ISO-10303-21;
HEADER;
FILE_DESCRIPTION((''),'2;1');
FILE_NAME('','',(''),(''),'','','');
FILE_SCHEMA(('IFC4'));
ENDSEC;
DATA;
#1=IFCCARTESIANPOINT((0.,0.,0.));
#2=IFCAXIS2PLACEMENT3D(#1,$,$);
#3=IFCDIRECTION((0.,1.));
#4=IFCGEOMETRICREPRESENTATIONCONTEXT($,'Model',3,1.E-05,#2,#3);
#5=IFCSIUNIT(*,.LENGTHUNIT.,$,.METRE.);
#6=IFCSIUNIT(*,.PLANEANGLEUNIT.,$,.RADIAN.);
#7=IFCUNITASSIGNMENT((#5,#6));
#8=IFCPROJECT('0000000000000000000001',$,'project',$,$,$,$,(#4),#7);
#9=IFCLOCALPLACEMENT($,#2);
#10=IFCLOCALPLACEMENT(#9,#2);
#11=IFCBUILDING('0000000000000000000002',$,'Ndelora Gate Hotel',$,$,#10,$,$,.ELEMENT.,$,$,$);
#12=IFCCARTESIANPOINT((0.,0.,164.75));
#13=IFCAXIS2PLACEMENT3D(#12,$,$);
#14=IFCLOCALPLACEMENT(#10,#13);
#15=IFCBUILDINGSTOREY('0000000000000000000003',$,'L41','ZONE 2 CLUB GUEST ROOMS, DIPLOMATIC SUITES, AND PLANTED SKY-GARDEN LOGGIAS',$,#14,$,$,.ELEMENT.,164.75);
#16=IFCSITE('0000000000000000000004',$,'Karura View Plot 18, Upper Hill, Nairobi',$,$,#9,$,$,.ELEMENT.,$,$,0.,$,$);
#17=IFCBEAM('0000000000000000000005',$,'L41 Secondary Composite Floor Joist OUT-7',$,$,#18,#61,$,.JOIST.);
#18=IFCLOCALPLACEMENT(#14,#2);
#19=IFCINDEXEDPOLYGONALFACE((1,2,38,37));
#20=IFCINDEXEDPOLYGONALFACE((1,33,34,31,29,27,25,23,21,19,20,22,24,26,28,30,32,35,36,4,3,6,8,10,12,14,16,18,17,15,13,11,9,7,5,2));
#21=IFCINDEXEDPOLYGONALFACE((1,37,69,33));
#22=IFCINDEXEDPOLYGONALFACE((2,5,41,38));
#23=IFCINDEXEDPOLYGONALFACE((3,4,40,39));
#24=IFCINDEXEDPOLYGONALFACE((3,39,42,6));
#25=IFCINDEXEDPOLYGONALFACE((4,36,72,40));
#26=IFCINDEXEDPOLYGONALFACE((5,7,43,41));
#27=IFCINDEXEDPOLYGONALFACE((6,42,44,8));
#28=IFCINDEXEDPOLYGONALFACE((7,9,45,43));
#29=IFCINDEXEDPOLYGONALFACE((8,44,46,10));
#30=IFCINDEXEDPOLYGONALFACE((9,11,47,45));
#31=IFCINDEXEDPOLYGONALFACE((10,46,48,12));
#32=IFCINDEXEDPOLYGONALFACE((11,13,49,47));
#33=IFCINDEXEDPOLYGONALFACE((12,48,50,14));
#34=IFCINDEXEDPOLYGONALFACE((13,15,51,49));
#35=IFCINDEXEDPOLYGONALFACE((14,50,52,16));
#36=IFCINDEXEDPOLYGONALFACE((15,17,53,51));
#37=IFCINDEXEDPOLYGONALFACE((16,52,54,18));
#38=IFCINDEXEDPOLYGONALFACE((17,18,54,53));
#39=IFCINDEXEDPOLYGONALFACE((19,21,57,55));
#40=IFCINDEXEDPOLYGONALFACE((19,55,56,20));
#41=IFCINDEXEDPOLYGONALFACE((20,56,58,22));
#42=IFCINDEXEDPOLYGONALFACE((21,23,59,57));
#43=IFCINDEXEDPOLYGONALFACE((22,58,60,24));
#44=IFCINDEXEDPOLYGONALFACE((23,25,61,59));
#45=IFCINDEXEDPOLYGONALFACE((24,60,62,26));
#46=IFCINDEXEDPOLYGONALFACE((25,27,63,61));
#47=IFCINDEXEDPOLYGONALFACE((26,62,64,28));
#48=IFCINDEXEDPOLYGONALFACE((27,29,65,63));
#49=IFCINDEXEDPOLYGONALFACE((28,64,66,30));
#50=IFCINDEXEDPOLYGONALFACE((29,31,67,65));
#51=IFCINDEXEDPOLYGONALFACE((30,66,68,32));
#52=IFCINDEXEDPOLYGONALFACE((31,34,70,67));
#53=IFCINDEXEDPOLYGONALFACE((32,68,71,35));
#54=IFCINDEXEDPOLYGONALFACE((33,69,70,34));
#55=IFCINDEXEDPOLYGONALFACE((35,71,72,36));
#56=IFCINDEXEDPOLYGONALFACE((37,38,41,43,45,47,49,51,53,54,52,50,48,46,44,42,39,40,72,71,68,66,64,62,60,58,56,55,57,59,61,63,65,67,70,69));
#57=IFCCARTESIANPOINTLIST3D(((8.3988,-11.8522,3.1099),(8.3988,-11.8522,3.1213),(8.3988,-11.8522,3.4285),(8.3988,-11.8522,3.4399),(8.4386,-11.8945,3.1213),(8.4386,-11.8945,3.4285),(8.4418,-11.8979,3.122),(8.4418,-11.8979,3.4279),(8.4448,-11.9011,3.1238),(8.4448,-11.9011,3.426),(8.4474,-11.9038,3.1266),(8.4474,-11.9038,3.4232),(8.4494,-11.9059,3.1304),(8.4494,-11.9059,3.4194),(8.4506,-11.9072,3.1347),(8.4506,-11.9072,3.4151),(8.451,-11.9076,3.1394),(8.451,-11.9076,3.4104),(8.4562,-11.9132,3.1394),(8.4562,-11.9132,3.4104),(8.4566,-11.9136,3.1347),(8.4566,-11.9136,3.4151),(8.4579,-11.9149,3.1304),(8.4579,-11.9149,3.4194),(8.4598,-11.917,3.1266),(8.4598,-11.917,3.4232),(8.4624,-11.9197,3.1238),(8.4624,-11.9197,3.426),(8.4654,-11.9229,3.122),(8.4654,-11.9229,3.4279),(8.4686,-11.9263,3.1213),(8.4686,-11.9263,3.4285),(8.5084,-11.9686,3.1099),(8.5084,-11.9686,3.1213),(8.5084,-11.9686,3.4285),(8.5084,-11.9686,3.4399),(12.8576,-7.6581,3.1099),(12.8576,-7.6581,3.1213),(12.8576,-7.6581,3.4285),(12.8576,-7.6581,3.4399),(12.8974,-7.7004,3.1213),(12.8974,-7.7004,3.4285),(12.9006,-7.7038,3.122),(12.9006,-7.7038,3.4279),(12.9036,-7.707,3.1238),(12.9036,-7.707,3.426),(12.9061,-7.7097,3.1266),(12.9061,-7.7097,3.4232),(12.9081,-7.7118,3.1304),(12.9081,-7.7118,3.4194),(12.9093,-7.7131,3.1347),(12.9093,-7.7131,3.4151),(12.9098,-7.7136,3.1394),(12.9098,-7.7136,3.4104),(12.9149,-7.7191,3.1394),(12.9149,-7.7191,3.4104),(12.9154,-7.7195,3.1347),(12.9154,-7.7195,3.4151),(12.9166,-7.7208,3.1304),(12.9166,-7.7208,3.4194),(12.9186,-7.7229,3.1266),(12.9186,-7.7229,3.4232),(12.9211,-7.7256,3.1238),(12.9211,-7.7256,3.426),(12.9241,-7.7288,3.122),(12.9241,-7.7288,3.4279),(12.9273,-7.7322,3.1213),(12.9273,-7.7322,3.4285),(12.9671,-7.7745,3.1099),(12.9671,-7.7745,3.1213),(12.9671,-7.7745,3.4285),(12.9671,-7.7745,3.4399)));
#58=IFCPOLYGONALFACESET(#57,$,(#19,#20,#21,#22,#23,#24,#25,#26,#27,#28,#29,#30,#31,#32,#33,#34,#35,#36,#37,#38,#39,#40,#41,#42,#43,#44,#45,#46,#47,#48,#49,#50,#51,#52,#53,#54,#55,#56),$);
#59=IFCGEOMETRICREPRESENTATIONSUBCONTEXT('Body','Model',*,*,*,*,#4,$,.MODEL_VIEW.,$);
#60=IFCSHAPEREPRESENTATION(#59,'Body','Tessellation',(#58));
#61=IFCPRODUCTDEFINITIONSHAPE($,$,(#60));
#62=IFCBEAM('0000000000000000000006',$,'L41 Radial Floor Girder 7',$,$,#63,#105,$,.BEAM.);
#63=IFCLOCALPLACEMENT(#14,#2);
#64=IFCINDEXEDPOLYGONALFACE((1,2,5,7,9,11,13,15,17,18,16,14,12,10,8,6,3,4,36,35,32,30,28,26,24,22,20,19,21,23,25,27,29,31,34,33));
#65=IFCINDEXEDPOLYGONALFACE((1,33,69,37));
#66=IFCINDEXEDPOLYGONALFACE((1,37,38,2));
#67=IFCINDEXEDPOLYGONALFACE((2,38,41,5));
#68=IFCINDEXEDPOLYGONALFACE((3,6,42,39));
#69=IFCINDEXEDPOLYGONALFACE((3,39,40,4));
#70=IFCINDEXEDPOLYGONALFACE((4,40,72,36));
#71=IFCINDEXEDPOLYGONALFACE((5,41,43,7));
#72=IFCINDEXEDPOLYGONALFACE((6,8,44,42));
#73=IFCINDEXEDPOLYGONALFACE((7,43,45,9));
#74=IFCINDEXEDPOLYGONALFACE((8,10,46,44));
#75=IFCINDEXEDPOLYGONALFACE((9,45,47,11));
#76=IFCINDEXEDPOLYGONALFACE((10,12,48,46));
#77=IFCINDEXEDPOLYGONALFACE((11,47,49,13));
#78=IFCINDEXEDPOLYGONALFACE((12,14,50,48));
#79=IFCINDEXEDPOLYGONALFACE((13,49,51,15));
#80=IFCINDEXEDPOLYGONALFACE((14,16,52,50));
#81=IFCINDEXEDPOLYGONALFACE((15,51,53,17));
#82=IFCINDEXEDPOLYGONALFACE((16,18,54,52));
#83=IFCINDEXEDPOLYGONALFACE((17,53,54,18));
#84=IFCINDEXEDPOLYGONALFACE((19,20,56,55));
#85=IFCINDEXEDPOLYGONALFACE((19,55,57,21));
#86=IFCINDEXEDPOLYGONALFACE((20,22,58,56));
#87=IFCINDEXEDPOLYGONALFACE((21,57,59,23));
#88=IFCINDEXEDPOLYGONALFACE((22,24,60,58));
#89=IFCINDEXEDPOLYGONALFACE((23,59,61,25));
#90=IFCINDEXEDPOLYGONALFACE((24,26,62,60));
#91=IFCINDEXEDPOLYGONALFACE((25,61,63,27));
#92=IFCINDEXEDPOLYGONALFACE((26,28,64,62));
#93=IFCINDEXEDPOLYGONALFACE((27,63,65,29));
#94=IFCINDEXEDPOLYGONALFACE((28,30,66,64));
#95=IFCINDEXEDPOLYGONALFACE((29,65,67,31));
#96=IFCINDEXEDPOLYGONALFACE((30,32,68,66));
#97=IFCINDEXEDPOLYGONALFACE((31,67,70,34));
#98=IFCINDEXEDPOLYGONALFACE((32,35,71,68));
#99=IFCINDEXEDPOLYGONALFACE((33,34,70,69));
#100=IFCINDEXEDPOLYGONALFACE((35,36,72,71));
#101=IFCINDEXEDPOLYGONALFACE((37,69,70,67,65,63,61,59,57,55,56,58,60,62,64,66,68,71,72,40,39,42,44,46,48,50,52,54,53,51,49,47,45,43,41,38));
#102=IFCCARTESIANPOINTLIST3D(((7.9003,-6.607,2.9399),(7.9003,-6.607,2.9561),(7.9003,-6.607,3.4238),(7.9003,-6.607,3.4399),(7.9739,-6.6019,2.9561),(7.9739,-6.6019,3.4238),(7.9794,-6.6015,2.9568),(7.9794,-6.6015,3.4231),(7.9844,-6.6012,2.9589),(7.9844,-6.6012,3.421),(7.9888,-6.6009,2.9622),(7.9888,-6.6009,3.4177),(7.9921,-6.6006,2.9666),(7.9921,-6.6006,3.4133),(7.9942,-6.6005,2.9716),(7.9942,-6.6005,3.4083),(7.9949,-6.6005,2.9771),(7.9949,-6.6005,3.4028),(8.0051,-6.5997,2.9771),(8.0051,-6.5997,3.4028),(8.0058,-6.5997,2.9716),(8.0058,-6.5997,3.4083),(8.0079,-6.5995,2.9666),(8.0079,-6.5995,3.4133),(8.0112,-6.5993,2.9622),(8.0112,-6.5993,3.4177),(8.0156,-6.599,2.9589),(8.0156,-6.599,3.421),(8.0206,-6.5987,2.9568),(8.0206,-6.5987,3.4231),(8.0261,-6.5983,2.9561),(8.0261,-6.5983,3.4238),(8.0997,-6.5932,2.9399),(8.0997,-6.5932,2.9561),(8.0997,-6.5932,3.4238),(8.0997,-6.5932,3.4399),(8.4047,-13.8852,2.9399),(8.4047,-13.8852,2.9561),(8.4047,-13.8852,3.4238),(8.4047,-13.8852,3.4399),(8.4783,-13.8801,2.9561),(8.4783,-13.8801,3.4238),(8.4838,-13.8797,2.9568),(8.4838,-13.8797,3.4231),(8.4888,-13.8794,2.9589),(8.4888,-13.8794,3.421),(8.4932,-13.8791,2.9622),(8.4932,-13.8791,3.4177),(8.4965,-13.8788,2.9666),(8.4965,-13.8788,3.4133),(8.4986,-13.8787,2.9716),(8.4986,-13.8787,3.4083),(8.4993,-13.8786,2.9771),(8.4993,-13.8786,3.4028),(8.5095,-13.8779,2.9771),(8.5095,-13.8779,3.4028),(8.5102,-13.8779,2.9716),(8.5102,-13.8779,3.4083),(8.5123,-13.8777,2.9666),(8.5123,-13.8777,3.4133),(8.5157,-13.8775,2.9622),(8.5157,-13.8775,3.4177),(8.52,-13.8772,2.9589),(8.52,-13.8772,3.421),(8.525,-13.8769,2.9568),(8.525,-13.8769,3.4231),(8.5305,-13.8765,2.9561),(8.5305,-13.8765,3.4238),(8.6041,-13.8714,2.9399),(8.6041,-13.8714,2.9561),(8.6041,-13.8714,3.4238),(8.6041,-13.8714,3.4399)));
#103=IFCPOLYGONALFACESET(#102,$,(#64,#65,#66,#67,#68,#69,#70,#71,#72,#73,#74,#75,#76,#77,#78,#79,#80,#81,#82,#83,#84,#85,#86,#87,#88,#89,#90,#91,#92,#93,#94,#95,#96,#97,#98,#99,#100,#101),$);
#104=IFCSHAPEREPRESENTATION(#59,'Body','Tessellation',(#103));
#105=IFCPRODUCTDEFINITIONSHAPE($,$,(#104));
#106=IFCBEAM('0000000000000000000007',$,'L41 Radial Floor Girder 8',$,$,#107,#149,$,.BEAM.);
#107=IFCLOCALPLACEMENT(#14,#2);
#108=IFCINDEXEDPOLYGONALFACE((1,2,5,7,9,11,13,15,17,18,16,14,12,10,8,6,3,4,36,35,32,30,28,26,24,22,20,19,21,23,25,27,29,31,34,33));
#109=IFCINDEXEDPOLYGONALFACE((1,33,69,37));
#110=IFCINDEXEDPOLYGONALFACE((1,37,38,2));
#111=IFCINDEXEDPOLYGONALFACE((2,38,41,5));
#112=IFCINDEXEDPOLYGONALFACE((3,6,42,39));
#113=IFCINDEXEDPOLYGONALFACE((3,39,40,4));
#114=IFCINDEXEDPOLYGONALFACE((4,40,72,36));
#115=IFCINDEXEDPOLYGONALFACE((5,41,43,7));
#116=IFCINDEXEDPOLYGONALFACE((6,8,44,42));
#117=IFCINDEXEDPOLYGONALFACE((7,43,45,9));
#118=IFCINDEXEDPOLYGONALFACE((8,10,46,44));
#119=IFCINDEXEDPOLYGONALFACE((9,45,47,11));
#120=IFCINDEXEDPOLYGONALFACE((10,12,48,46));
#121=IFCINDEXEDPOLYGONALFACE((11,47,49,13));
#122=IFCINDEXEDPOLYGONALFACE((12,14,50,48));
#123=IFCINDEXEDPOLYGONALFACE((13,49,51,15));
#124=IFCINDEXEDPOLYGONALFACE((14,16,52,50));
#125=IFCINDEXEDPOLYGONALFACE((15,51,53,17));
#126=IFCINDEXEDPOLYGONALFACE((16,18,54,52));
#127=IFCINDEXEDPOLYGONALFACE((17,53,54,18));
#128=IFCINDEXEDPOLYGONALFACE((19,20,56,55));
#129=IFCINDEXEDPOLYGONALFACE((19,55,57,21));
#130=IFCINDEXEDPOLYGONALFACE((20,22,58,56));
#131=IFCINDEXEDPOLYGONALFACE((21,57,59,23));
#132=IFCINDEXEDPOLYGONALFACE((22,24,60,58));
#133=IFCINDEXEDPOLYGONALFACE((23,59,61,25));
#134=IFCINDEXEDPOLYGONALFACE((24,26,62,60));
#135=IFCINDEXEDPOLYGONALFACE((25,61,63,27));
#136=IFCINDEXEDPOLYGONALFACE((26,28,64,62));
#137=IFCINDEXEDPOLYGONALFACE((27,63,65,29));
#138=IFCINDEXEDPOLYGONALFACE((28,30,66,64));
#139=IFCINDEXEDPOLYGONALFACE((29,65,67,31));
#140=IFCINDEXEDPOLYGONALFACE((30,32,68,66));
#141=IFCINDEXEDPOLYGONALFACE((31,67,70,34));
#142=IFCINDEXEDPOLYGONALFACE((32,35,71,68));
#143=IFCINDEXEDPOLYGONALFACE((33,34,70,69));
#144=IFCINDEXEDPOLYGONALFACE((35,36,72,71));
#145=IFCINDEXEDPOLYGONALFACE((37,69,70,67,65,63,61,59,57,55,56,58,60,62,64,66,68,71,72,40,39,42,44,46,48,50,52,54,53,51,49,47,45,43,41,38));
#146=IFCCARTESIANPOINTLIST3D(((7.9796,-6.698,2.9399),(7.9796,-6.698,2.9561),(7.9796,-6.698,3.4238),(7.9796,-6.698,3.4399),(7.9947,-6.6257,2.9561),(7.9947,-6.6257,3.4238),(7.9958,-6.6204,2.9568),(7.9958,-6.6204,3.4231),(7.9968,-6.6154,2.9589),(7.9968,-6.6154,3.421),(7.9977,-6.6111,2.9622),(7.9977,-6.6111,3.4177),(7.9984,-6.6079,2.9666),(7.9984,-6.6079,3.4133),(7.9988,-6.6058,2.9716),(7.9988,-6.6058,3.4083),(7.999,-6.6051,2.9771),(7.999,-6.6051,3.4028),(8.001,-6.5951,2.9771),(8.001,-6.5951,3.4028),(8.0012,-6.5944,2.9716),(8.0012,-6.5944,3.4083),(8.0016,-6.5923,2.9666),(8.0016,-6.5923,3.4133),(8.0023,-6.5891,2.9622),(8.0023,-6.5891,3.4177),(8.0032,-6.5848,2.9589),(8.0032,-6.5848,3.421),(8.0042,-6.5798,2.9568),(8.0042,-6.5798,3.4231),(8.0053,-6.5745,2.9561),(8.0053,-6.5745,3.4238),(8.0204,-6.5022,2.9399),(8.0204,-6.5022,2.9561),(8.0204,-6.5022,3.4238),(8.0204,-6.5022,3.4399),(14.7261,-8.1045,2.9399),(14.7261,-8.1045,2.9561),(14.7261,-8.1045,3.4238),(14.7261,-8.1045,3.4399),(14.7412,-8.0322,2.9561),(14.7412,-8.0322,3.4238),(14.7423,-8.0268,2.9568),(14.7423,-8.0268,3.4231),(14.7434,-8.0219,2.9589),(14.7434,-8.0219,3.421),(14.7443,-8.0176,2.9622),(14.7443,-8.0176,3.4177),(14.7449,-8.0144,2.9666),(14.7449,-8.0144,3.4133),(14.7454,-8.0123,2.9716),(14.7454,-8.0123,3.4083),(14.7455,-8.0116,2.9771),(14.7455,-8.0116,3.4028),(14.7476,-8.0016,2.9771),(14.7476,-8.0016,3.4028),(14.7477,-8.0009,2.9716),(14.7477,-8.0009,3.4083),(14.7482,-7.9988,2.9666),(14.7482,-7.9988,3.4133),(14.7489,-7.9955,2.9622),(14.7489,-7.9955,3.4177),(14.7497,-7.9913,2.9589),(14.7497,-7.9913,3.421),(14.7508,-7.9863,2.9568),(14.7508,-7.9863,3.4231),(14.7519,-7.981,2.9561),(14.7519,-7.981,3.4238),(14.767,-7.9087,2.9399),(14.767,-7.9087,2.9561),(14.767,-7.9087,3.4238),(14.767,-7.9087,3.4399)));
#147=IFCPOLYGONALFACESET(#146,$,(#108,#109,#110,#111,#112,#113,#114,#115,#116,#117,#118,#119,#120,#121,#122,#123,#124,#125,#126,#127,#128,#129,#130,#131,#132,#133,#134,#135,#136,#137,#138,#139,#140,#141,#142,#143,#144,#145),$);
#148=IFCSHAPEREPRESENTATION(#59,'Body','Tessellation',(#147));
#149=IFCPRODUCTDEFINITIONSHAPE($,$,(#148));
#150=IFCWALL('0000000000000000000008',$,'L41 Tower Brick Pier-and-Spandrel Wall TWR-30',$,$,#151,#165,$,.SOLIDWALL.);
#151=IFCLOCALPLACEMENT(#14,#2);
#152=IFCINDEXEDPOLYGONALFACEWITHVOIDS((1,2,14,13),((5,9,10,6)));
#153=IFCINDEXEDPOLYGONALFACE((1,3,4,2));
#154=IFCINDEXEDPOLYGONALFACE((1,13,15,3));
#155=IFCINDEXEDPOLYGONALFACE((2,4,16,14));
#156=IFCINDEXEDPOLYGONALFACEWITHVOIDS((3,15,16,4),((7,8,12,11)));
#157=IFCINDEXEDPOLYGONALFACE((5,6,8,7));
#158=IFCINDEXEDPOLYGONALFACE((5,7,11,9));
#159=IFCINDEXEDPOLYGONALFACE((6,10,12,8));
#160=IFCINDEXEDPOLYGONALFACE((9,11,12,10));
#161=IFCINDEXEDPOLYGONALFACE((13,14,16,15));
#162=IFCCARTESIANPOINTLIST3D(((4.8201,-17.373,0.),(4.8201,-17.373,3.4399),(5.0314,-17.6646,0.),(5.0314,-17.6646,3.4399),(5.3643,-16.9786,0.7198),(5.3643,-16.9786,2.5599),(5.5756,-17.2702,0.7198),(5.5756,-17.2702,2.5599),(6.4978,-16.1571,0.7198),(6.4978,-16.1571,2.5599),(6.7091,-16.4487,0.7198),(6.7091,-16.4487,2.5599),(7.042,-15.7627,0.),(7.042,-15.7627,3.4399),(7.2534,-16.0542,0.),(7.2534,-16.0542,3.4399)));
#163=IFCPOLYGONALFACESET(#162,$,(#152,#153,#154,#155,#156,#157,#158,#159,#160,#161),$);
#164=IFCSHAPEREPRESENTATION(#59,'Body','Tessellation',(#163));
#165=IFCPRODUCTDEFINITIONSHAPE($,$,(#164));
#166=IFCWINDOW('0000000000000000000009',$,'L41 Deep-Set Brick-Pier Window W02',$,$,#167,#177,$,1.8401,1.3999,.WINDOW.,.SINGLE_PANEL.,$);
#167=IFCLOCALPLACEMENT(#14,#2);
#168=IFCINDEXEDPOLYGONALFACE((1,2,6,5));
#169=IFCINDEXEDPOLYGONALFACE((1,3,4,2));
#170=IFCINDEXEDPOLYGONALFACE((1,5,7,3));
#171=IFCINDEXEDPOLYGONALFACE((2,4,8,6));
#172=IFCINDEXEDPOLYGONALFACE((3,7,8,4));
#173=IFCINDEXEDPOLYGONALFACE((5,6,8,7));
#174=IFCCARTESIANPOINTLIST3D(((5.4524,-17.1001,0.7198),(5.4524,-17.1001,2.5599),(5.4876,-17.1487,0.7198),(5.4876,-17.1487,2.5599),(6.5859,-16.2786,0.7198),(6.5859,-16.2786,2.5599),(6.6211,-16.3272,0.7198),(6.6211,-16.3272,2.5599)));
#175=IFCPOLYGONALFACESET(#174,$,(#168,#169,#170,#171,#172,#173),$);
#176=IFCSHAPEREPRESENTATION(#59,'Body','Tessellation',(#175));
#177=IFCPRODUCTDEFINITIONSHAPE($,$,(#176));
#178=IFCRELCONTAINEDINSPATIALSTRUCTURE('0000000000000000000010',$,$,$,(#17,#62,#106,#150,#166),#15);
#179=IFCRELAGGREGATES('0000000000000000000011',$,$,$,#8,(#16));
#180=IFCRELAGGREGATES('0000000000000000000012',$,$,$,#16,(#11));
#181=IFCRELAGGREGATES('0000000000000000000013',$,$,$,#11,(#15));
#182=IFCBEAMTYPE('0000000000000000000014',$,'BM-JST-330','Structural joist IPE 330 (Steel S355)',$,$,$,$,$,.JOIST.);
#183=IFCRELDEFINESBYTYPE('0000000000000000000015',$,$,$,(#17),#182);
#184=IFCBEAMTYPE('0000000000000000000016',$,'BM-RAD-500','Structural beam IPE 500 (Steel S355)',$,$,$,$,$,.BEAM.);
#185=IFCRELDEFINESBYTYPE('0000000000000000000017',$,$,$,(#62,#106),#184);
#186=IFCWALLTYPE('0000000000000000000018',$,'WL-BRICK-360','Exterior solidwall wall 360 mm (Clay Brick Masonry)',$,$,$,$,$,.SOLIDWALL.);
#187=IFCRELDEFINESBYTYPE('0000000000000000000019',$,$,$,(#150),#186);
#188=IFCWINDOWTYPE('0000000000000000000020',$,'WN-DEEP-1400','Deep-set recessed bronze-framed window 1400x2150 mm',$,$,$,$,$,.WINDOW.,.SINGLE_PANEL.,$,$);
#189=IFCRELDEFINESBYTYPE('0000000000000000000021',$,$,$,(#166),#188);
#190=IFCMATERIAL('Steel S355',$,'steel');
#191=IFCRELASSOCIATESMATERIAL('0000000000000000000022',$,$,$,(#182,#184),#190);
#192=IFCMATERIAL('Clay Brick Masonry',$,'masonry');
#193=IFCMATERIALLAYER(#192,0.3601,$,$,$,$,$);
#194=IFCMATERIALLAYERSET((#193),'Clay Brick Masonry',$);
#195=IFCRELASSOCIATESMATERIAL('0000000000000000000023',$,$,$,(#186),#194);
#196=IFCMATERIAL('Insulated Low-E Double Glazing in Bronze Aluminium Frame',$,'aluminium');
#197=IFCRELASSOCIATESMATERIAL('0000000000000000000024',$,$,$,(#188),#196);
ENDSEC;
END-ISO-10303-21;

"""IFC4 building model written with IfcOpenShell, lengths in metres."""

from ifc_helpers import new_model, si_unit, direction, frame, frame_2d, origin, origin_2d, place, context, subcontext, project, spatial, rectangle, i_section, extrude, material, layer, layer_set, material_profile, profile_set, type_object, element, fill, save


model = new_model("IFC4")

# Units and contexts
model_context = context("Model", 3, precision=1e-05, world=origin(), true_north=direction((0.0, 1.0)))
body_context = subcontext(model_context, "Body", "Model", "MODEL_VIEW")
ifc_project = project(units=[si_unit("LENGTHUNIT", "METRE"), si_unit("PLANEANGLEUNIT", "RADIAN")], contexts=[model_context])

# Site, building, storey
site_placement = place(None, origin())
site = spatial("IfcSite", under=ifc_project, at=site_placement, Name="Karura View Plot 18, Upper Hill, Nairobi", CompositionType="ELEMENT", RefElevation=0.0)
building_placement = place(site_placement, origin())
building = spatial("IfcBuilding", under=site, at=building_placement, Name="Ndelora Gate Hotel", CompositionType="ELEMENT")
storey_placement = place(building_placement, frame((0.0, 0.0, 164.75)))
storey = spatial("IfcBuildingStorey", under=building, at=storey_placement, Name="L41", Description="ZONE 2 CLUB GUEST ROOMS, DIPLOMATIC SUITES, AND PLANTED SKY-GARDEN LOGGIAS", CompositionType="ELEMENT", Elevation=164.75)

# Beams
ifc_material_1 = material(Name="Steel S355", Category="steel")
ifc_material_profile_1 = material_profile(ifc_material_1, i_section(OverallWidth=0.1599, OverallDepth=0.3301, WebThickness=0.0076, FlangeThickness=0.0115, FilletRadius=0.0181, at=origin_2d()), Name="IPE 330")
ifc_profile_set_1 = profile_set([ifc_material_profile_1], Name="Steel S355")
beam_type_1 = type_object("IfcBeamType", Name="BM-JST-330", Description="Structural joist IPE 330 (Steel S355)", PredefinedType="JOIST", material=ifc_profile_set_1)
beam_1_placement = place(storey_placement, frame((8.4536, -11.9104, 3.2749), z_axis=(0.728393, 0.685159, 0.0), x_axis=(-0.685159, 0.728393, 0.0)))
element("IfcBeam", 1, at=beam_1_placement, inside=storey, type_object=beam_type_1, Name="L41 Secondary Composite Floor Joist OUT-7", PredefinedType="JOIST", context=body_context, shape_type="SweptSolid", body=[
    extrude(i_section(OverallWidth=0.1599, OverallDepth=0.3301, WebThickness=0.0076, FlangeThickness=0.0115, FilletRadius=0.0181, at=origin_2d()), origin(), (0.0, 0.0, 1.0), 6.1213),
])
ifc_material_profile_2 = material_profile(ifc_material_1, i_section(OverallWidth=0.2, OverallDepth=0.5, WebThickness=0.0103, FlangeThickness=0.0161, FilletRadius=0.021, at=origin_2d()), Name="IPE 500")
ifc_profile_set_2 = profile_set([ifc_material_profile_2], Name="Steel S355")
beam_type_2 = type_object("IfcBeamType", Name="BM-RAD-500", Description="Structural beam IPE 500 (Steel S355)", PredefinedType="BEAM", material=ifc_profile_set_2)
beam_2_placement = place(storey_placement, frame((8.0, -6.6001, 3.1899), z_axis=(0.069137, -0.997607, 0.0), x_axis=(0.997607, 0.069137, 0.0)))
element("IfcBeam", 2, at=beam_2_placement, inside=storey, type_object=beam_type_2, Name="L41 Radial Floor Girder 7", PredefinedType="BEAM", context=body_context, shape_type="SweptSolid", body=[
    extrude(i_section(OverallWidth=0.2, OverallDepth=0.5, WebThickness=0.0103, FlangeThickness=0.0161, FilletRadius=0.021, at=origin_2d()), origin(), (0.0, 0.0, 1.0), 7.2957),
])
beam_3_placement = place(storey_placement, frame((8.0, -6.6001, 3.1899), z_axis=(0.978953, -0.204087, 0.0), x_axis=(0.204087, 0.978953, 0.0)))
element("IfcBeam", 3, at=beam_3_placement, inside=storey, type_object=beam_type_2, Name="L41 Radial Floor Girder 8", PredefinedType="BEAM", context=body_context, shape_type="SweptSolid", body=[
    extrude(i_section(OverallWidth=0.2, OverallDepth=0.5, WebThickness=0.0103, FlangeThickness=0.0161, FilletRadius=0.021, at=origin_2d()), origin(), (0.0, 0.0, 1.0), 6.8916),
])

# Wall, opening, window
ifc_material_2 = material(Name="Clay Brick Masonry", Category="masonry")
ifc_layer_1 = layer(ifc_material_2, 0.3601)
ifc_layer_set_1 = layer_set([ifc_layer_1], Name="Clay Brick Masonry")
wall_type_1 = type_object("IfcWallType", Name="WL-BRICK-360", Description="Exterior solidwall wall 360 mm (Clay Brick Masonry)", PredefinedType="SOLIDWALL", material=ifc_layer_set_1)
wall_1_placement = place(storey_placement, frame((7.1477, -15.9084, 0.0), z_axis=(0.0, 0.0, 1.0), x_axis=(-0.809705, -0.586838, 0.0)))
wall_1 = element("IfcWall", 4, at=wall_1_placement, inside=storey, type_object=wall_type_1, Name="L41 Tower Brick Pier-and-Spandrel Wall TWR-30", PredefinedType="SOLIDWALL", context=body_context, shape_type="SweptSolid", body=[
    extrude(rectangle(XDim=2.7441, YDim=0.3601, at=frame_2d((1.3721, 0.0))), origin(), (0.0, 0.0, 1.0), 3.4399),
])
opening_placement = place(wall_1_placement, frame((0.6721, 0.0, 0.72)))
opening = element("IfcOpeningElement", 5, at=opening_placement, cuts=wall_1, PredefinedType="OPENING", context=body_context, shape_type="SweptSolid", body=[
    extrude(rectangle(XDim=1.3999, YDim=1.8401, at=frame_2d((0.7, 0.9199))), frame((0.0, 0.1899, 0.0), z_axis=(0.0, -1.0, 0.0), x_axis=(1.0, 0.0, 0.0)), (0.0, 0.0, 1.0), 0.3801),
])
ifc_material_3 = material(Name="Insulated Low-E Double Glazing in Bronze Aluminium Frame", Category="aluminium")
window_type = type_object("IfcWindowType", Name="WN-DEEP-1400", Description="Deep-set recessed bronze-framed window 1400x2150 mm", PartitioningType="SINGLE_PANEL", PredefinedType="WINDOW", material=ifc_material_3)
window_placement = place(opening_placement, origin())
window = element("IfcWindow", 6, at=window_placement, inside=storey, type_object=window_type, Name="L41 Deep-Set Brick-Pier Window W02", OverallHeight=1.8401, OverallWidth=1.3999, PartitioningType="SINGLE_PANEL", PredefinedType="WINDOW", context=body_context, shape_type="SweptSolid", body=[
    extrude(rectangle(XDim=1.3999, YDim=1.8401, at=frame_2d((0.7, 0.9199))), frame((0.0, 0.03, 0.0), z_axis=(0.0, -1.0, 0.0), x_axis=(1.0, 0.0, 0.0)), (0.0, 0.0, 1.0), 0.0601),
])
fill(opening, window)

save(model, "model.ifc")
